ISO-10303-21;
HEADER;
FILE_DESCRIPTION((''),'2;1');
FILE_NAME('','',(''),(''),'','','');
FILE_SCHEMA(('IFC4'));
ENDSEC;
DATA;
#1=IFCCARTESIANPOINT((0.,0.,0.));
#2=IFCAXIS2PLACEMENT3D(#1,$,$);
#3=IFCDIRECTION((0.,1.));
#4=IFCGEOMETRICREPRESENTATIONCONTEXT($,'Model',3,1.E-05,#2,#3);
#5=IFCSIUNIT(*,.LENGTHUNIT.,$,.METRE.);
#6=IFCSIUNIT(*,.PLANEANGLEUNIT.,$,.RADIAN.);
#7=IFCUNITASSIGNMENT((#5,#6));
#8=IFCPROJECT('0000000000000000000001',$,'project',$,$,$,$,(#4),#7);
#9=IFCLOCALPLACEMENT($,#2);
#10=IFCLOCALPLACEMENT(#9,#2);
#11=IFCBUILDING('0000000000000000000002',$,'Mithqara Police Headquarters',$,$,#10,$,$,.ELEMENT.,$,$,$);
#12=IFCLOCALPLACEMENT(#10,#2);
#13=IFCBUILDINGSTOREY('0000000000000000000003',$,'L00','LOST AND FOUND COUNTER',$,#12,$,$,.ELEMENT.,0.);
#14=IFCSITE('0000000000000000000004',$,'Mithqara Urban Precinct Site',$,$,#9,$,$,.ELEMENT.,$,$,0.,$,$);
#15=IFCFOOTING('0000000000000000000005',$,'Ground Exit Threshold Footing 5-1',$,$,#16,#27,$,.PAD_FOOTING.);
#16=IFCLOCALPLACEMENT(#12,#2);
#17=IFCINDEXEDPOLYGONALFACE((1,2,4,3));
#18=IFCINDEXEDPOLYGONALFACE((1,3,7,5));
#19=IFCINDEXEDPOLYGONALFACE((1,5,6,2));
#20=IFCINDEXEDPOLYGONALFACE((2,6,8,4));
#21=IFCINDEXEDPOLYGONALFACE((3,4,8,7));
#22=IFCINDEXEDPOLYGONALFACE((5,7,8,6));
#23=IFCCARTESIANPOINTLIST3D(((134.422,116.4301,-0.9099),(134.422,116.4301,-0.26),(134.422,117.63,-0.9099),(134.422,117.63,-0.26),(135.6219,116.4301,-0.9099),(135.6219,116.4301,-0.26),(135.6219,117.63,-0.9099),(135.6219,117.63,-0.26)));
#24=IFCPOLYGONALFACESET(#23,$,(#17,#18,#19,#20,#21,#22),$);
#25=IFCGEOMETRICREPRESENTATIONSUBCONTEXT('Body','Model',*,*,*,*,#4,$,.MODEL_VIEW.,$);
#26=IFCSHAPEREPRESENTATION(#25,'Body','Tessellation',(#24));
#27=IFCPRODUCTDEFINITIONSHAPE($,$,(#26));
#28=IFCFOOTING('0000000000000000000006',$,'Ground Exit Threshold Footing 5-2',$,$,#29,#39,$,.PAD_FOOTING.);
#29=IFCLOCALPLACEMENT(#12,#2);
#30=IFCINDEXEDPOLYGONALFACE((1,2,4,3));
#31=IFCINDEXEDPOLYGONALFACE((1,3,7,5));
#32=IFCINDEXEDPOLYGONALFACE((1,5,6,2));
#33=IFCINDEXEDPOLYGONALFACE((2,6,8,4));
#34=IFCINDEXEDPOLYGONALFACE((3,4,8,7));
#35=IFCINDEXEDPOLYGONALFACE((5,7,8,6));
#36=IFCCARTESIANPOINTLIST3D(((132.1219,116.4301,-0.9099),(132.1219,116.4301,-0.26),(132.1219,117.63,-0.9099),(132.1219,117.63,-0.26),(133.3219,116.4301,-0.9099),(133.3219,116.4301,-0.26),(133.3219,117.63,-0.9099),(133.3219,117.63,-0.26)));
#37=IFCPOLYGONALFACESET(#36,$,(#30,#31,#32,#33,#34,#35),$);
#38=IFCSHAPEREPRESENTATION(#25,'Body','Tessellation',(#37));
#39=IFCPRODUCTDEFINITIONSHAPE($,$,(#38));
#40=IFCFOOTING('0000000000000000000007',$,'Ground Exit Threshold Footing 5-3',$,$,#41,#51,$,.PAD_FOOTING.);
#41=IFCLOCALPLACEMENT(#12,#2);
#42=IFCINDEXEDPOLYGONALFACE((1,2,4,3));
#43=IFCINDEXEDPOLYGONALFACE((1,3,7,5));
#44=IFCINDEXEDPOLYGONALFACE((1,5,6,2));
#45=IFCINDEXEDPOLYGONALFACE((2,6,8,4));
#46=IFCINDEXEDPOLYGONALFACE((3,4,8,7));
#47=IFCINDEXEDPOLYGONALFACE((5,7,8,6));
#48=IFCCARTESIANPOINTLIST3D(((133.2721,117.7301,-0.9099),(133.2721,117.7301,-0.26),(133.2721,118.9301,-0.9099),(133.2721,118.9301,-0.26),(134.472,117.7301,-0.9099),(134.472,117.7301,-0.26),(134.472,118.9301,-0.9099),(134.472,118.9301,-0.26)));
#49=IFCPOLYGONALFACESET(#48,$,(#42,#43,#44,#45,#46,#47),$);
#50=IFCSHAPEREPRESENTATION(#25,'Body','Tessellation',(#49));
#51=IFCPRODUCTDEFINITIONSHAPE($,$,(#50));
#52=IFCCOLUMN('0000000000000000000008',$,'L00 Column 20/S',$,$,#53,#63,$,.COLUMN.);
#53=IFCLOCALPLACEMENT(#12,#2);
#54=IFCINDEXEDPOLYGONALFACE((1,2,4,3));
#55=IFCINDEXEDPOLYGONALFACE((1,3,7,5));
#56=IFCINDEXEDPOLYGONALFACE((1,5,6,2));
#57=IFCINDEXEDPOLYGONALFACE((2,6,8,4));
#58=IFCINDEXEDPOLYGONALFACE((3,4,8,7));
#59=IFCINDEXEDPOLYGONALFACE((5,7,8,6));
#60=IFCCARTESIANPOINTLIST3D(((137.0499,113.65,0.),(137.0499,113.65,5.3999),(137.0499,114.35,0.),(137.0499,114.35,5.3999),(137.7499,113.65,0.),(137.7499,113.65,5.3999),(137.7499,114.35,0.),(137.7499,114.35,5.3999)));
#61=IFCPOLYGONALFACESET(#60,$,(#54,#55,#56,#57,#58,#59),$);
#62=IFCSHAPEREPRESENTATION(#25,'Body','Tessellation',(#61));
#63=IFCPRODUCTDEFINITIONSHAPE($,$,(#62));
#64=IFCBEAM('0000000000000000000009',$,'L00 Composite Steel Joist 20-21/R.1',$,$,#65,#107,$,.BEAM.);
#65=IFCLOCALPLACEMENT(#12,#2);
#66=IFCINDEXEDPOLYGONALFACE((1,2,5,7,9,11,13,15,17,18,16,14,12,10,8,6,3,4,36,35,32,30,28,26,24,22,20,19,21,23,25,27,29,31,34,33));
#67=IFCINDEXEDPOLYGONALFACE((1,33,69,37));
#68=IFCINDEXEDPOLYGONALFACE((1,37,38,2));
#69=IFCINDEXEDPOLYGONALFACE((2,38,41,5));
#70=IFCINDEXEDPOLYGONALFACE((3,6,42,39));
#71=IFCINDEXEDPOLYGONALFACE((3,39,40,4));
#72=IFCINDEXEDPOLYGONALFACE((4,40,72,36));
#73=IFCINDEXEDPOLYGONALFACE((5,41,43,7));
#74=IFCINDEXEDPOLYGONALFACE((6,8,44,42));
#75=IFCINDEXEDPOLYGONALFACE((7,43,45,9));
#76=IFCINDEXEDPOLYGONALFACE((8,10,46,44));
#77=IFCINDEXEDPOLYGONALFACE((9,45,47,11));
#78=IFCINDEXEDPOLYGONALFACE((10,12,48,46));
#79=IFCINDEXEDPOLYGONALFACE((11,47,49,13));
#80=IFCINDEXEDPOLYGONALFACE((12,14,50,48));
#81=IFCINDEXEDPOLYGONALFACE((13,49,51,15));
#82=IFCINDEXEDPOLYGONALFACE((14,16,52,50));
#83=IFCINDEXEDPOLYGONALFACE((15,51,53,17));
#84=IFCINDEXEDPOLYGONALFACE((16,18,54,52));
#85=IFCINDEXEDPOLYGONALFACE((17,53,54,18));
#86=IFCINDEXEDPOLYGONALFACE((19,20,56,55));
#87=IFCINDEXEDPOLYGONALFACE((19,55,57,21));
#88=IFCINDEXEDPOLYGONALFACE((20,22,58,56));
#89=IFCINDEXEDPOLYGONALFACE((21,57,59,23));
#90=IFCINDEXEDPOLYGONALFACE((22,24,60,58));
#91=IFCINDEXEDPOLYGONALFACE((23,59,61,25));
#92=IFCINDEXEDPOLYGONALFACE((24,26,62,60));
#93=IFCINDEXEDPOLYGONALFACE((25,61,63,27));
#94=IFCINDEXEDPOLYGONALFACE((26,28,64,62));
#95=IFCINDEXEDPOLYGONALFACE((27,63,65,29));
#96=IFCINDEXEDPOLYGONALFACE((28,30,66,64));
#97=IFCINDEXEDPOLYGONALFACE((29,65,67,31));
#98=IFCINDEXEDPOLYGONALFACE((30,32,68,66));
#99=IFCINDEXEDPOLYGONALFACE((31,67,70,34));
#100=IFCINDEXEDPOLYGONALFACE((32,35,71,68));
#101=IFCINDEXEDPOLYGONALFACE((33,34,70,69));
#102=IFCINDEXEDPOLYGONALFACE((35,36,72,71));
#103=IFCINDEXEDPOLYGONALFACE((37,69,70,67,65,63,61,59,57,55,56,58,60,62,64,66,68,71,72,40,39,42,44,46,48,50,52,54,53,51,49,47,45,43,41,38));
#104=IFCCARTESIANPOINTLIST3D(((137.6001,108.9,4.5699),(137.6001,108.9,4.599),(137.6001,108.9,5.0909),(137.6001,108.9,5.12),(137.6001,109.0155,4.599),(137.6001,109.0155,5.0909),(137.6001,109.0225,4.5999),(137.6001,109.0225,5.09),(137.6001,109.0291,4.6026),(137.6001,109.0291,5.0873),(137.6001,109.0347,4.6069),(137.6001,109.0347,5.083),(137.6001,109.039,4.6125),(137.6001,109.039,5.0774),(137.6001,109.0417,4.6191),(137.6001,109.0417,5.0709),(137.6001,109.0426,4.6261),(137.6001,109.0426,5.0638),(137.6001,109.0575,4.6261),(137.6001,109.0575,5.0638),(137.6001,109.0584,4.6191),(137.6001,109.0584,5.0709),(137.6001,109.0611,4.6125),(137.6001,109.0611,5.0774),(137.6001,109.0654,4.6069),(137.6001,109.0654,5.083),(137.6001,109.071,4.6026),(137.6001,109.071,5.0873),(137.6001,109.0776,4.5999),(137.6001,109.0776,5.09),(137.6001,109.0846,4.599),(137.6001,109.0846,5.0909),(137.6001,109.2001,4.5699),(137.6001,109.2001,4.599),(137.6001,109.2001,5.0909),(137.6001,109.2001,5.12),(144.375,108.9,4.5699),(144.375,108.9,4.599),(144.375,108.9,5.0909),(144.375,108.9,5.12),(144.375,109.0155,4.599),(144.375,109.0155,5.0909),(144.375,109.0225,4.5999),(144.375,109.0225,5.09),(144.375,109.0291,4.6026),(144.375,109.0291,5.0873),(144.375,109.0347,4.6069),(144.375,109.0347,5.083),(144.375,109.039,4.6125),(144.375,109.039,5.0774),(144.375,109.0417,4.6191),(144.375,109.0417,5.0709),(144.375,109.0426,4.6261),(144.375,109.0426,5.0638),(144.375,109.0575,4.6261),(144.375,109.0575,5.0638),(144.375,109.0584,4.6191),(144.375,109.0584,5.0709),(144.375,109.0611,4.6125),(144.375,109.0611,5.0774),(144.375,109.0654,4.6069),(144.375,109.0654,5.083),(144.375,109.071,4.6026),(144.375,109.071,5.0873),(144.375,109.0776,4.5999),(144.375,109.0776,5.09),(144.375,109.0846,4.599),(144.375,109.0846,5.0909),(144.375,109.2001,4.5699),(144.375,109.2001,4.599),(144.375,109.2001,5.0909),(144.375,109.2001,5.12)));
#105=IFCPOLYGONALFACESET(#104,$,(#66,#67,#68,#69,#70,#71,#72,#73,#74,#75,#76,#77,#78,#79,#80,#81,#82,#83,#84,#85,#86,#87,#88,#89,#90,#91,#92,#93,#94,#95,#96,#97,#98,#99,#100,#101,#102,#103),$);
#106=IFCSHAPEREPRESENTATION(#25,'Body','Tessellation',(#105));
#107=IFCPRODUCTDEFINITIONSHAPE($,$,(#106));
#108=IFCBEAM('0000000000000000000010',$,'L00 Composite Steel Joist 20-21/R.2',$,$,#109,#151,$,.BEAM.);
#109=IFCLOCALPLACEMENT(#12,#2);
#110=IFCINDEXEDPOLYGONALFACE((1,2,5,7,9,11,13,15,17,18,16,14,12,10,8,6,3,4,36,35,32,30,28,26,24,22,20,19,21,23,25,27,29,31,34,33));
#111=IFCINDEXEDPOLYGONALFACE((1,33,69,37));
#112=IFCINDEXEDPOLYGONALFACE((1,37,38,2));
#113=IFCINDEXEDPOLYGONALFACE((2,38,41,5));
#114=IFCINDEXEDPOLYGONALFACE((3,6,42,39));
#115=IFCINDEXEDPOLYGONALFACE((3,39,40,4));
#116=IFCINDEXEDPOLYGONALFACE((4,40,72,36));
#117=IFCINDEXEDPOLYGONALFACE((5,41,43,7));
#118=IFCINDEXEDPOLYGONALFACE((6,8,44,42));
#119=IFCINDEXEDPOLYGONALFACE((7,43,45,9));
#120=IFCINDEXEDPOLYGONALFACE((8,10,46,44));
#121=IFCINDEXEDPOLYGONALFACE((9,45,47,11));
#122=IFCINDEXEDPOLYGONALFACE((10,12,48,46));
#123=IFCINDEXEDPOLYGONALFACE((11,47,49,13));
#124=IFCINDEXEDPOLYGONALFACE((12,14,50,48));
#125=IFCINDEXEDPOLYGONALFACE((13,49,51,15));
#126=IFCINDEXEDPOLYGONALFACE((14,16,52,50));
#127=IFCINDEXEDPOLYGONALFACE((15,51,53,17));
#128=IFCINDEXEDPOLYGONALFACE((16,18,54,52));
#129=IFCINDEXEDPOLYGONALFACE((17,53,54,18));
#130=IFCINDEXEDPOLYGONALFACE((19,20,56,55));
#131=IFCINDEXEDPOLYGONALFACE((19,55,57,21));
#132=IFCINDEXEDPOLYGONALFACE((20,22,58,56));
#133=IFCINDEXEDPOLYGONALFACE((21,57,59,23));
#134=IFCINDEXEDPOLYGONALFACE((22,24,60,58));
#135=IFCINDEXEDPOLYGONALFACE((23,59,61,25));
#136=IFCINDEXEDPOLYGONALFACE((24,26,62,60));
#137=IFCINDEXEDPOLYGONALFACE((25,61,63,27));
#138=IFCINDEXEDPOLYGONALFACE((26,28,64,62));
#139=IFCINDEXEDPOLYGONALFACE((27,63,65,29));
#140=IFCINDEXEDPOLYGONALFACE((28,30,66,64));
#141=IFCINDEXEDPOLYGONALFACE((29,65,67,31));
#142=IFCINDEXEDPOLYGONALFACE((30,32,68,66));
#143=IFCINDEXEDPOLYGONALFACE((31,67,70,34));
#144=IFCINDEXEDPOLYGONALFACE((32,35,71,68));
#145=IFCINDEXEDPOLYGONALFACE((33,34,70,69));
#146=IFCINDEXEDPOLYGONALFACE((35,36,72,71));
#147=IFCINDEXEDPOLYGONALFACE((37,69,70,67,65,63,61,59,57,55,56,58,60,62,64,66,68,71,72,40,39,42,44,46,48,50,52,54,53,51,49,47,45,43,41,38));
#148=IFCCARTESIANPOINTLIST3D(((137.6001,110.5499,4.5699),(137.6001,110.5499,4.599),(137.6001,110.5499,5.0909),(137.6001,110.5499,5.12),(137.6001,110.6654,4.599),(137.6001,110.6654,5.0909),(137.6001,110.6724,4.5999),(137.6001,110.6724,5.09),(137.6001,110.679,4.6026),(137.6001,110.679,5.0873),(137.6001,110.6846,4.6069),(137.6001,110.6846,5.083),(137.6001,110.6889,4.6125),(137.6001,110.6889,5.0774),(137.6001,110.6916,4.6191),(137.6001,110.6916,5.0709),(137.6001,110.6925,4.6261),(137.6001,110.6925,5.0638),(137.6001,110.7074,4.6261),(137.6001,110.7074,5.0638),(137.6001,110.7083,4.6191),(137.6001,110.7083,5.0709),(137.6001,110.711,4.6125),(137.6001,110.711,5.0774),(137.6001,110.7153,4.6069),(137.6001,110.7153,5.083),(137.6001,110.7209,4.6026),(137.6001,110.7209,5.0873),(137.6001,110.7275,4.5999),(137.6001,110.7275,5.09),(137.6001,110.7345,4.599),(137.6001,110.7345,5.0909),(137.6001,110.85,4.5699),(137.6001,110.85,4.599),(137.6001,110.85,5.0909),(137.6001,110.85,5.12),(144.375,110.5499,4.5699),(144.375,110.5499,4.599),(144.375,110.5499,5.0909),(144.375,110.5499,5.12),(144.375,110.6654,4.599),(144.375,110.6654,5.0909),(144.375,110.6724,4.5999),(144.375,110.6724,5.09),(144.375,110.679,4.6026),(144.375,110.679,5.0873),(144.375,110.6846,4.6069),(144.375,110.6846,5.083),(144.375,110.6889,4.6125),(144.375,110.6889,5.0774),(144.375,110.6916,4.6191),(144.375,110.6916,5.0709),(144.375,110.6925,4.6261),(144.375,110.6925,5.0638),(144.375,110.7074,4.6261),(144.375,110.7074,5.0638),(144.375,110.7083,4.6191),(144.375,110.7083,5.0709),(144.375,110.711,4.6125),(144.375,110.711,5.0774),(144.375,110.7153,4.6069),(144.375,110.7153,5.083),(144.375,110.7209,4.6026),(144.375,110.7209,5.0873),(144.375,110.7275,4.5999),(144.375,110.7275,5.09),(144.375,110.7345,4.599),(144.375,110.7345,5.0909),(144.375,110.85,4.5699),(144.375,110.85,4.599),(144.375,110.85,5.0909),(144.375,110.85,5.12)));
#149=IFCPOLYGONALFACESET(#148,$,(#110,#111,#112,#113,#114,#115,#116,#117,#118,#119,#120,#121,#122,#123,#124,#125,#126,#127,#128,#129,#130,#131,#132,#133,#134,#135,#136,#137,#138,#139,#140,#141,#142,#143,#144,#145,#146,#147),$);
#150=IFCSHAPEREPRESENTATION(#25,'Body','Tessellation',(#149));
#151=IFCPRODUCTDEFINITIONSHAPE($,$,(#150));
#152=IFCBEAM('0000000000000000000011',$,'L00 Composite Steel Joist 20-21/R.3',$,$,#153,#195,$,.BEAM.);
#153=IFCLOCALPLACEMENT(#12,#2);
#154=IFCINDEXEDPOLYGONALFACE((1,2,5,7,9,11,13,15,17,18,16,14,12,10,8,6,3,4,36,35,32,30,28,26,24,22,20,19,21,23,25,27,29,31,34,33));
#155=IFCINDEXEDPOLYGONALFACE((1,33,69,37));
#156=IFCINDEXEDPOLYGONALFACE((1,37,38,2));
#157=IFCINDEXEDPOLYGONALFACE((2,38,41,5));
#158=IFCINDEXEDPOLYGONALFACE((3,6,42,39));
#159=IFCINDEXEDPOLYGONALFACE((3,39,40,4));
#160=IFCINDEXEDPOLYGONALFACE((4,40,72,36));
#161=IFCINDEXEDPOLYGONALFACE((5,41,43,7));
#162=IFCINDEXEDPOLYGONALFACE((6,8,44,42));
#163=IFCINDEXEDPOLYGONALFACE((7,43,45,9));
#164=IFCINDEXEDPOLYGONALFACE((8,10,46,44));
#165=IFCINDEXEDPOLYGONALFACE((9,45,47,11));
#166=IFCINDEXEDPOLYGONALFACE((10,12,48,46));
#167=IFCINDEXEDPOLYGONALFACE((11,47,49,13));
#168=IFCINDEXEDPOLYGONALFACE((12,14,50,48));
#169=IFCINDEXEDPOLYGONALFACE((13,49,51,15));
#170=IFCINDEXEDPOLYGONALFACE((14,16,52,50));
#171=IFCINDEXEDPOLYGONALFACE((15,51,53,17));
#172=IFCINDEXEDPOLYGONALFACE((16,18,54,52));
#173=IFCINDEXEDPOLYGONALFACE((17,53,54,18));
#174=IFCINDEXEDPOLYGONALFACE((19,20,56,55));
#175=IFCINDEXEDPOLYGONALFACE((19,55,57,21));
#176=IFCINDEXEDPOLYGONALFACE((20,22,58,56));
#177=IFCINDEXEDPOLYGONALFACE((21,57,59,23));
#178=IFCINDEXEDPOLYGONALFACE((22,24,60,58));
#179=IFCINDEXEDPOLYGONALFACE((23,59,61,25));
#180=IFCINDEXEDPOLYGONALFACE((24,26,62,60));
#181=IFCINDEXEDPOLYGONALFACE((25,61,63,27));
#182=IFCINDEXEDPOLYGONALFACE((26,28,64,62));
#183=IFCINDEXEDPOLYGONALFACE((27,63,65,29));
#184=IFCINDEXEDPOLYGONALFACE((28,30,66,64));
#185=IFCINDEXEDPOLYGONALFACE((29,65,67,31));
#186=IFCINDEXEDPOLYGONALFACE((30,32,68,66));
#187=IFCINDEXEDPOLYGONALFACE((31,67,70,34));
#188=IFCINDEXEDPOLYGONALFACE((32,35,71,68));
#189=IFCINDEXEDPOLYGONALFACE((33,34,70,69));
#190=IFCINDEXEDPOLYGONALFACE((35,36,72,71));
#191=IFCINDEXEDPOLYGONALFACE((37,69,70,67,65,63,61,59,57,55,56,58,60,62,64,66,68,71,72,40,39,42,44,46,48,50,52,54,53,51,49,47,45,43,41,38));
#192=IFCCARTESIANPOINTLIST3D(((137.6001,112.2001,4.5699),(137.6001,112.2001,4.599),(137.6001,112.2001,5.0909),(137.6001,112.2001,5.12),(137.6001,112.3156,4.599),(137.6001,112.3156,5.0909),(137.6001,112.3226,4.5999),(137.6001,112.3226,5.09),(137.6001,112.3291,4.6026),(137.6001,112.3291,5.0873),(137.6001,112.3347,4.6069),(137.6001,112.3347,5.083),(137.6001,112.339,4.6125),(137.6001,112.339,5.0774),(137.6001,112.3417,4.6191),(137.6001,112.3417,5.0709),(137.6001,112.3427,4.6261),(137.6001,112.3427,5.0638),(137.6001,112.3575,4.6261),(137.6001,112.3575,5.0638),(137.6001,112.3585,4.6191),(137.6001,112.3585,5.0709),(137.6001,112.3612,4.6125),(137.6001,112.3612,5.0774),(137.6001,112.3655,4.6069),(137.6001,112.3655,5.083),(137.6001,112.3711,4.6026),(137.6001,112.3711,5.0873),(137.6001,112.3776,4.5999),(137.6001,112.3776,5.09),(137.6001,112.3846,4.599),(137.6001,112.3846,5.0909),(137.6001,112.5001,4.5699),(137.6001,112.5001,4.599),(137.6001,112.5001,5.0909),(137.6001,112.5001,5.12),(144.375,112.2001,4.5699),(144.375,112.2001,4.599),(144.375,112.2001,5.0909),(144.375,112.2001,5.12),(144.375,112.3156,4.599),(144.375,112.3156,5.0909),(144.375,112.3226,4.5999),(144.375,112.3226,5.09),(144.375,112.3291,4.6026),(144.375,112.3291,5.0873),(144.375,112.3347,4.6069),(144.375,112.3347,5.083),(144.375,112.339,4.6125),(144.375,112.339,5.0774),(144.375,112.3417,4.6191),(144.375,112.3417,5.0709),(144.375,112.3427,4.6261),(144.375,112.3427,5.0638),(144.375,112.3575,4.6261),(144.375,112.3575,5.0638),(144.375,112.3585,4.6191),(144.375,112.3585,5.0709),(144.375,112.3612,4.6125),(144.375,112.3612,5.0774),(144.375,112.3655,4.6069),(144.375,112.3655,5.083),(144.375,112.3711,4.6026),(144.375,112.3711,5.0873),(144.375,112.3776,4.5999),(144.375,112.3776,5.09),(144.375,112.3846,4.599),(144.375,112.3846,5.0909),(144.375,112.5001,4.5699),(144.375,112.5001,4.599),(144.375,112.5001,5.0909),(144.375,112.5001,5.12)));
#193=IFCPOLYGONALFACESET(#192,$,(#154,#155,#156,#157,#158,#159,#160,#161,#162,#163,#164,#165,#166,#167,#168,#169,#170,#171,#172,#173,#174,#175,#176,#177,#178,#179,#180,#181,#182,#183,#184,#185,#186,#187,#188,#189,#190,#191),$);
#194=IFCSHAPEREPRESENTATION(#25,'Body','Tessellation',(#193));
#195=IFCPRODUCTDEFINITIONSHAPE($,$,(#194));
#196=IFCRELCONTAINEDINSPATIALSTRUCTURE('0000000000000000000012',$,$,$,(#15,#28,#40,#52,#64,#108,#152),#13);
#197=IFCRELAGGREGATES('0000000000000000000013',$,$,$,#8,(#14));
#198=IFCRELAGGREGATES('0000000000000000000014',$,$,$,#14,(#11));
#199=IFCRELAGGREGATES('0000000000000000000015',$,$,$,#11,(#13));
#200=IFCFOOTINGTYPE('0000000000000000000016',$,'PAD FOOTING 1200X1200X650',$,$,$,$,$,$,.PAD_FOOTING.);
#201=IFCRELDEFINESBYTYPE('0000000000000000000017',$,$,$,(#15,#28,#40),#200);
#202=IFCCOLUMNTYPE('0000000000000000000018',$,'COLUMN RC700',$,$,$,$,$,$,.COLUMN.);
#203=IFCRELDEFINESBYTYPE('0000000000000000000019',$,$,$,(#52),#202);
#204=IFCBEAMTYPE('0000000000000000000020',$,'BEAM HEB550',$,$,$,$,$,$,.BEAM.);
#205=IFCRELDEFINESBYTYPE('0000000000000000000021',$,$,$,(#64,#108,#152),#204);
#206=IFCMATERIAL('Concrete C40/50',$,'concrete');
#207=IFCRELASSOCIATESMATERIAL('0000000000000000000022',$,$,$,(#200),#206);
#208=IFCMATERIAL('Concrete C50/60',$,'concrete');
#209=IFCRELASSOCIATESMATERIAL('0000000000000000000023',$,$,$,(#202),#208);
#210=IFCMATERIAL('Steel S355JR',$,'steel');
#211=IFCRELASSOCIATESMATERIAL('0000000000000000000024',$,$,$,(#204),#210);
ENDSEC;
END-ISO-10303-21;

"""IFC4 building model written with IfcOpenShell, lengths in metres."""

from ifc_helpers import new_model, si_unit, direction, frame, origin, origin_2d, place, context, subcontext, project, spatial, rectangle, i_section, extrude, material, material_profile, profile_set, type_object, element, save


model = new_model("IFC4")

# Units and contexts
model_context = context("Model", 3, precision=1e-05, world=origin(), true_north=direction((0.0, 1.0)))
body_context = subcontext(model_context, "Body", "Model", "MODEL_VIEW")
ifc_project = project(units=[si_unit("LENGTHUNIT", "METRE"), si_unit("PLANEANGLEUNIT", "RADIAN")], contexts=[model_context])

# Site, building, storey
site_placement = place(None, origin())
site = spatial("IfcSite", under=ifc_project, at=site_placement, Name="Mithqara Urban Precinct Site", CompositionType="ELEMENT", RefElevation=0.0)
building_placement = place(site_placement, origin())
building = spatial("IfcBuilding", under=site, at=building_placement, Name="Mithqara Police Headquarters", CompositionType="ELEMENT")
storey_placement = place(building_placement, origin())
storey = spatial("IfcBuildingStorey", under=building, at=storey_placement, Name="L00", Description="LOST AND FOUND COUNTER", CompositionType="ELEMENT", Elevation=0.0)

# Footings
ifc_material_1 = material(Name="Concrete C40/50", Category="concrete")
footing_type = type_object("IfcFootingType", Name="PAD FOOTING 1200X1200X650", PredefinedType="PAD_FOOTING", material=ifc_material_1)
for number, where, z_axis, x_axis, name in (
    (1, (135.022, 117.03, -0.9099), (0.0, 0.0, 1.0), (1.0, 0.0, 0.0), "Ground Exit Threshold Footing 5-1"),
    (2, (132.7219, 117.03, -0.9099), (0.0, 0.0, 1.0), (1.0, 0.0, 0.0), "Ground Exit Threshold Footing 5-2"),
    (3, (133.8721, 118.3301, -0.9099), (0.0, 0.0, 1.0), (1.0, 0.0, 0.0), "Ground Exit Threshold Footing 5-3"),
):
    element("IfcFooting", number, at=place(storey_placement, frame(where, z_axis=z_axis, x_axis=x_axis)), inside=storey, type_object=footing_type, Name=name, PredefinedType="PAD_FOOTING", context=body_context, shape_type="SweptSolid", body=[
        extrude(rectangle(XDim=1.2, YDim=1.2, at=origin_2d()), origin(), (0.0, 0.0, 1.0), 0.6499),
    ])

# Column
ifc_material_2 = material(Name="Concrete C50/60", Category="concrete")
ifc_material_profile_1 = material_profile(ifc_material_2, rectangle(XDim=0.7, YDim=0.7, at=origin_2d()), Name="RC 700x700")
ifc_profile_set_1 = profile_set([ifc_material_profile_1], Name="Concrete C50/60")
column_type = type_object("IfcColumnType", Name="COLUMN RC700", PredefinedType="COLUMN", material=ifc_profile_set_1)
column_placement = place(storey_placement, frame((137.3999, 114.0, 0.0), z_axis=(0.0, 0.0, 1.0), x_axis=(1.0, 0.0, 0.0)))
element("IfcColumn", 4, at=column_placement, inside=storey, type_object=column_type, Name="L00 Column 20/S", PredefinedType="COLUMN", context=body_context, shape_type="SweptSolid", body=[
    extrude(rectangle(XDim=0.7, YDim=0.7, at=origin_2d()), origin(), (0.0, 0.0, 1.0), 5.3999),
])

# Beams
ifc_material_3 = material(Name="Steel S355JR", Category="steel")
ifc_material_profile_2 = material_profile(ifc_material_3, i_section(OverallWidth=0.3, OverallDepth=0.55, WebThickness=0.0149, FlangeThickness=0.0291, FilletRadius=0.0271, at=origin_2d()), Name="HEB 550")
ifc_profile_set_2 = profile_set([ifc_material_profile_2], Name="Steel S355JR")
beam_type_1 = type_object("IfcBeamType", Name="BEAM HEB550", PredefinedType="BEAM", material=ifc_profile_set_2)
for number, where, z_axis, x_axis, name in (
    (5, (137.6001, 109.05, 4.845), (1.0, 0.0, 0.0), (0.0, 1.0, 0.0), "L00 Composite Steel Joist 20-21/R.1"),
    (6, (137.6001, 110.7, 4.845), (1.0, 0.0, 0.0), (0.0, 1.0, 0.0), "L00 Composite Steel Joist 20-21/R.2"),
    (7, (137.6001, 112.3501, 4.845), (1.0, 0.0, 0.0), (0.0, 1.0, 0.0), "L00 Composite Steel Joist 20-21/R.3"),
):
    element("IfcBeam", number, at=place(storey_placement, frame(where, z_axis=z_axis, x_axis=x_axis)), inside=storey, type_object=beam_type_1, Name=name, PredefinedType="BEAM", context=body_context, shape_type="SweptSolid", body=[
        extrude(i_section(OverallWidth=0.3, OverallDepth=0.55, WebThickness=0.0149, FlangeThickness=0.0291, FilletRadius=0.0271, at=origin_2d()), origin(), (0.0, 0.0, 1.0), 6.7749),
    ])

save(model, "model.ifc")
